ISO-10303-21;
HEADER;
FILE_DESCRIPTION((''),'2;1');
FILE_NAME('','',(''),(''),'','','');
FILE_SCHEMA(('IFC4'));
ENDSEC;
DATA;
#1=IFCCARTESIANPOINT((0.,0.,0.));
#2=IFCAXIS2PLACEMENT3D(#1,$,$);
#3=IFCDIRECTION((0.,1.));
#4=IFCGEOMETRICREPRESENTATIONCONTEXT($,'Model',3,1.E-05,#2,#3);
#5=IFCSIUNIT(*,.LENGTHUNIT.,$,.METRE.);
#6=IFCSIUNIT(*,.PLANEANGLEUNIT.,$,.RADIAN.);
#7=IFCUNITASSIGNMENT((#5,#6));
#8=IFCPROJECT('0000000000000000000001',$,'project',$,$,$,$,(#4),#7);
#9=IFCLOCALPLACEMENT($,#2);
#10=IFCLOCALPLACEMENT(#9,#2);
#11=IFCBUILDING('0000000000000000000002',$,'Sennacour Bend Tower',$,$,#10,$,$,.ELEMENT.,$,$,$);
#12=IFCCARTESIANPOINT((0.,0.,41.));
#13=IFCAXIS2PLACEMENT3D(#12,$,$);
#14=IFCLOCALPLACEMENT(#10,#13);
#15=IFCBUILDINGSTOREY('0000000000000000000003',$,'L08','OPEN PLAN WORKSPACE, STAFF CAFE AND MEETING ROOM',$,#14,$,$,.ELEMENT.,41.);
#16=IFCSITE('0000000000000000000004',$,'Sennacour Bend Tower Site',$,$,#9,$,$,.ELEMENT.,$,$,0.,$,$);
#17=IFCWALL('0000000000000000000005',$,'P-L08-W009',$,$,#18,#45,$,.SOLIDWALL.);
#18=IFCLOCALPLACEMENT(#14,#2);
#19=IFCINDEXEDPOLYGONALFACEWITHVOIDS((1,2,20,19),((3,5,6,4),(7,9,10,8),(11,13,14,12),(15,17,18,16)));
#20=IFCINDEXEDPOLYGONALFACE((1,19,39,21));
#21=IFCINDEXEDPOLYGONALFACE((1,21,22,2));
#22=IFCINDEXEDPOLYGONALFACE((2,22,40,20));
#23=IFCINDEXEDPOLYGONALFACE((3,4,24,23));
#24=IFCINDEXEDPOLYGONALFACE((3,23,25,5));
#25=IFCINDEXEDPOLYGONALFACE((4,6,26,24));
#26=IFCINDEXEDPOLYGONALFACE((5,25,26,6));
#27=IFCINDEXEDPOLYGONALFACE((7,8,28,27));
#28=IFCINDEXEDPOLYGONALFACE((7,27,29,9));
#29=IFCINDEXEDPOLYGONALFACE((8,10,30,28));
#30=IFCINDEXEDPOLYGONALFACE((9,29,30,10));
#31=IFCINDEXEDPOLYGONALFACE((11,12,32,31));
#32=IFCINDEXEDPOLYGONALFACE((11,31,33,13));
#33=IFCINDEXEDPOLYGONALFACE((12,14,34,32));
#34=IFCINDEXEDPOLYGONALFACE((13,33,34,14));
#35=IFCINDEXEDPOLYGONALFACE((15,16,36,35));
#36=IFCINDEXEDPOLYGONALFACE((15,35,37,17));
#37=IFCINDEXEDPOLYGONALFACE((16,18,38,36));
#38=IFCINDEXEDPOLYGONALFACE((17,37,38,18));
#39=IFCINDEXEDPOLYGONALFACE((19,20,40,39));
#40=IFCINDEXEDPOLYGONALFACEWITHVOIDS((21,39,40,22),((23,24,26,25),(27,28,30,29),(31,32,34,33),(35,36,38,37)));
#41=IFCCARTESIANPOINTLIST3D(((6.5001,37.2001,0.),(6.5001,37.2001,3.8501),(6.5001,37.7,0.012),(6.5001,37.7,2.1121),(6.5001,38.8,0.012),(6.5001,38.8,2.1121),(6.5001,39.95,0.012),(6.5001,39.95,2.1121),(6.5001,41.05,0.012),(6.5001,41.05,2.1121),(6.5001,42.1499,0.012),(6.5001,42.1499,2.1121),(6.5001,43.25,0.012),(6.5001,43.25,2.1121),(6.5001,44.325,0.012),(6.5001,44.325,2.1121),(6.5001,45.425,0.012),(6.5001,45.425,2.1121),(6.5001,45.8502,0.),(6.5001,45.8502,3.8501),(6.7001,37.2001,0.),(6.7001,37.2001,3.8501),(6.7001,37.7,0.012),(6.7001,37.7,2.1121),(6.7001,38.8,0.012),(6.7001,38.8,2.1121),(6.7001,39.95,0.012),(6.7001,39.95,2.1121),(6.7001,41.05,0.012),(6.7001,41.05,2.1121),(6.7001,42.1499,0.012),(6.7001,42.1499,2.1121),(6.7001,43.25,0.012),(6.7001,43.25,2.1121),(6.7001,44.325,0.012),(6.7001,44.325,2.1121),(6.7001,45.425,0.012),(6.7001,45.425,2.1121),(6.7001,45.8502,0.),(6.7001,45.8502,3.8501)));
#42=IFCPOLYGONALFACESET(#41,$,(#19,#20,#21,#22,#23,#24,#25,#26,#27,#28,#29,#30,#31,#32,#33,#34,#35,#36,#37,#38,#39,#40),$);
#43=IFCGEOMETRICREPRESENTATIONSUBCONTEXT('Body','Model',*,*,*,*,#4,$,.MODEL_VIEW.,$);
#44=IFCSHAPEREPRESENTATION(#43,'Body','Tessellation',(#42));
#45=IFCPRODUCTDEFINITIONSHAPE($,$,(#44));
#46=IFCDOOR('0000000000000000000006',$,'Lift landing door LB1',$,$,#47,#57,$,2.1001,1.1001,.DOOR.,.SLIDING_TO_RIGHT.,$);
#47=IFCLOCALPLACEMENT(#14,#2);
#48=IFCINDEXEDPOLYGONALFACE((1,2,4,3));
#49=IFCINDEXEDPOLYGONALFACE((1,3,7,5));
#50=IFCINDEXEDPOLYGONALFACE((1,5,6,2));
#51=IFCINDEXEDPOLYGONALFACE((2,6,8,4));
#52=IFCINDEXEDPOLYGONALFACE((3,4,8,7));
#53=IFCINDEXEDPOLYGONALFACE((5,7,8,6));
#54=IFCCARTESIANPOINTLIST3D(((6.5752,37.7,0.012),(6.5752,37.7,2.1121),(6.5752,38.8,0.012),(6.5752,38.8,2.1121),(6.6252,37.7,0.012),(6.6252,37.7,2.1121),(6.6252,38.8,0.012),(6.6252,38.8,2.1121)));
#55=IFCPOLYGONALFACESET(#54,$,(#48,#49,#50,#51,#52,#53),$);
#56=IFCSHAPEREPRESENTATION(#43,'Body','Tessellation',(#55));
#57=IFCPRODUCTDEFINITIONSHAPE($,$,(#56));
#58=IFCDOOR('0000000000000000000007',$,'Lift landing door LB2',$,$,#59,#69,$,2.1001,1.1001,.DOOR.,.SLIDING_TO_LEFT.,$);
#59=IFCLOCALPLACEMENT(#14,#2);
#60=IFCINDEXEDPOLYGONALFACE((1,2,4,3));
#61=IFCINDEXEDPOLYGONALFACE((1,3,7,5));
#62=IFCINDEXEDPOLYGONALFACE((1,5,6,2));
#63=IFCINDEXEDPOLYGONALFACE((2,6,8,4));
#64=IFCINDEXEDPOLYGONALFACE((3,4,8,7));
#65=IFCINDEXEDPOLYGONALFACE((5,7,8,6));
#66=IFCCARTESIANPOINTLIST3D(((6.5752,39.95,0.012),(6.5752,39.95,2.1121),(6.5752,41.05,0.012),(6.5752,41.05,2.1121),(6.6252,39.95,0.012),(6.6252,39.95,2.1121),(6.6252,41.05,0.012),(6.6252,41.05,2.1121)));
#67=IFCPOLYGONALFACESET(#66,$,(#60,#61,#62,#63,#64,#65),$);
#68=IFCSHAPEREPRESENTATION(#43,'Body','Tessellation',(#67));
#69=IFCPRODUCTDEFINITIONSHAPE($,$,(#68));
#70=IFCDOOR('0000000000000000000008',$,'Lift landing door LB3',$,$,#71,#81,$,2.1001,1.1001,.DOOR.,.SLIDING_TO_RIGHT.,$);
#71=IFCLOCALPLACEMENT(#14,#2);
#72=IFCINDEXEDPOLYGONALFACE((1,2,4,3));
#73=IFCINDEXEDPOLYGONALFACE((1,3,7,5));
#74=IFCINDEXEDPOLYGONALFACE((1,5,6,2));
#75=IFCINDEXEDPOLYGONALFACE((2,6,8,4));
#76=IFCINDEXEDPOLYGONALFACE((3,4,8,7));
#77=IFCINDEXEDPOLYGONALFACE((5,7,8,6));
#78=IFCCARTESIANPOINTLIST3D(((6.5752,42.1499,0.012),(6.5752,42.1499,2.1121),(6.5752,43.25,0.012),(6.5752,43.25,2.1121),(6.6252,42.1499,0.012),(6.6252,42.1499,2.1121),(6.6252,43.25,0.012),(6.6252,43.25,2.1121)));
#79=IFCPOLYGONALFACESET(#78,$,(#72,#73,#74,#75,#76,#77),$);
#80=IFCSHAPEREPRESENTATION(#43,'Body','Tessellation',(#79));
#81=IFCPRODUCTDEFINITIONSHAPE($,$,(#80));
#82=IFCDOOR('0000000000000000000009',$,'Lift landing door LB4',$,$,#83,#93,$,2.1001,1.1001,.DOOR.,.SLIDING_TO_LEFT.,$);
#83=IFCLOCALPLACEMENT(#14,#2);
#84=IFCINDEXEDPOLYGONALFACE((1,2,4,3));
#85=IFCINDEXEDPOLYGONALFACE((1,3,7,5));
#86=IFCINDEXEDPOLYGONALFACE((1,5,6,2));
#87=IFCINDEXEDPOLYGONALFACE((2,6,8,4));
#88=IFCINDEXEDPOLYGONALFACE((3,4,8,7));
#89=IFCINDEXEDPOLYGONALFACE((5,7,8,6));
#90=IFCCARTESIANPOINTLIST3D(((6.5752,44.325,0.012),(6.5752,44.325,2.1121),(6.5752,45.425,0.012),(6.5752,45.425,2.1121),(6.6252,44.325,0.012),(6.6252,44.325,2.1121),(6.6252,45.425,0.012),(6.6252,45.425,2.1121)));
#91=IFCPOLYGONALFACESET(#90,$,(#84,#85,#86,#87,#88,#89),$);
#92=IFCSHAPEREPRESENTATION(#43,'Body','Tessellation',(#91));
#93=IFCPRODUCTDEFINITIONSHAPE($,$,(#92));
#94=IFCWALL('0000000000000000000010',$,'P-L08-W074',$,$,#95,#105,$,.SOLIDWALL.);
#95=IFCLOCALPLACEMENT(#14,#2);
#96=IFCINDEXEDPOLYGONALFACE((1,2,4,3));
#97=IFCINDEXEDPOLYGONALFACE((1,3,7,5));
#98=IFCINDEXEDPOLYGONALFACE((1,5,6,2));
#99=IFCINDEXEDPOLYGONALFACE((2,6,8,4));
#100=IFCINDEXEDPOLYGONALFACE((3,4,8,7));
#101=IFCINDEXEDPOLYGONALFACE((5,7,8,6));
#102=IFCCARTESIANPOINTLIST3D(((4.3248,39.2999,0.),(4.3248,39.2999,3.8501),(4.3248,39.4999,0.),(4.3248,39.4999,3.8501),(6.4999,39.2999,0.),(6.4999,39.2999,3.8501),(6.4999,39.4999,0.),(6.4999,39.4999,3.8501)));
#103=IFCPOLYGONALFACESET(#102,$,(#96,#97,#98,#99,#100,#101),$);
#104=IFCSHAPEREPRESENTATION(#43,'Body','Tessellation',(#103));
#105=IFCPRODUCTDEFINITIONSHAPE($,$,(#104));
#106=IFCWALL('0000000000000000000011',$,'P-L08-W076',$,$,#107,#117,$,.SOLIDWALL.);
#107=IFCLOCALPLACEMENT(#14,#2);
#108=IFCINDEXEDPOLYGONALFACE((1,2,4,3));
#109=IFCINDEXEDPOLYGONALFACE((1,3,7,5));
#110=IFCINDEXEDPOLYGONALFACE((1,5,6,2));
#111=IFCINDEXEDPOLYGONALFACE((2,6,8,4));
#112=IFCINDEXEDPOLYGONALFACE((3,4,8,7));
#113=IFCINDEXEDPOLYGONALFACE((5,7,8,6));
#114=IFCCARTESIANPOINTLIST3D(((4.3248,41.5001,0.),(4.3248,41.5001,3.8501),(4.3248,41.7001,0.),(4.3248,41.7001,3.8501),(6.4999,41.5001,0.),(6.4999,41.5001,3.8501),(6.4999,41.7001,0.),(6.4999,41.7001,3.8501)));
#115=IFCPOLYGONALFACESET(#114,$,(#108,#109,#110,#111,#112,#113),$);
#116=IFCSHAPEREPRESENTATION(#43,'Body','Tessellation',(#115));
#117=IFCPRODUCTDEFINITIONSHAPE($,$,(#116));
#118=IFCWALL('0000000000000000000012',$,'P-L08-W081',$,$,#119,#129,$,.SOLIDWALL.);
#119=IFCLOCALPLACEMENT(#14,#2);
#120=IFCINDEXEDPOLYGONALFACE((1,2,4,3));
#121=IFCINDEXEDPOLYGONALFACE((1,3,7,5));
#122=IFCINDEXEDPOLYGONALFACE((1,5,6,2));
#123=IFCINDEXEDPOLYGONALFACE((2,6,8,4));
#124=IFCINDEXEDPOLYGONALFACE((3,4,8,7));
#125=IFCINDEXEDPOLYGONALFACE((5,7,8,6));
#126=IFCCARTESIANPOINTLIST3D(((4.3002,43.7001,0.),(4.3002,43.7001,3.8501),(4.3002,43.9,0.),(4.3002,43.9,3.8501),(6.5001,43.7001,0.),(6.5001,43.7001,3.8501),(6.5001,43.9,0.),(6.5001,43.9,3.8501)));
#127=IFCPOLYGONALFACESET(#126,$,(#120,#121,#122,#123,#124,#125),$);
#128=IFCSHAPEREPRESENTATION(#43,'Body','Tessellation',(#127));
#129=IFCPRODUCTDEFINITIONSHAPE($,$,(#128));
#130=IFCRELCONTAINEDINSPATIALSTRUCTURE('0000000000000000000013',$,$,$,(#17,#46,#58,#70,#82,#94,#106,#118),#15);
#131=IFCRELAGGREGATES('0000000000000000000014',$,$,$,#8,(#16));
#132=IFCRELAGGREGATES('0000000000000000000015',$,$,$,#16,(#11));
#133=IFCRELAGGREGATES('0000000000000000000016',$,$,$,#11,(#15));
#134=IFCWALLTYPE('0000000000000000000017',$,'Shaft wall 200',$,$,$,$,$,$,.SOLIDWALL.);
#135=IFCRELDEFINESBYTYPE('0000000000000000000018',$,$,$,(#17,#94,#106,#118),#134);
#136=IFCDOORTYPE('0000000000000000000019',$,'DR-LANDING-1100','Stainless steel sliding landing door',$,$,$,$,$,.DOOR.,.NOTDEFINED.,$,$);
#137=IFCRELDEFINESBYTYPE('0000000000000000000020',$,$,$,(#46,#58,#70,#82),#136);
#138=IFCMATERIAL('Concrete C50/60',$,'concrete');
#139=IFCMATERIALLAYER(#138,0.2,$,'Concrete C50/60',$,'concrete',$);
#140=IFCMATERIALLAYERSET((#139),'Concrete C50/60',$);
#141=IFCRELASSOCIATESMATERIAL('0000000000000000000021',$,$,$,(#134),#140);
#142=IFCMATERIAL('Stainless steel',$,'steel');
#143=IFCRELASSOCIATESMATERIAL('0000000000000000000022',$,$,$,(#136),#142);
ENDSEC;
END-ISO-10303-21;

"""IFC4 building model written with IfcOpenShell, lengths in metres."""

from ifc_helpers import new_model, si_unit, direction, frame, frame_2d, origin, place, context, subcontext, project, spatial, rectangle, extrude, material, layer, layer_set, type_object, element, fill, save


model = new_model("IFC4")

# Units and contexts
model_context = context("Model", 3, precision=1e-05, world=origin(), true_north=direction((0.0, 1.0)))
body_context = subcontext(model_context, "Body", "Model", "MODEL_VIEW")
ifc_project = project(units=[si_unit("LENGTHUNIT", "METRE"), si_unit("PLANEANGLEUNIT", "RADIAN")], contexts=[model_context])

# Site, building, storey
site_placement = place(None, origin())
site = spatial("IfcSite", under=ifc_project, at=site_placement, Name="Sennacour Bend Tower Site", CompositionType="ELEMENT", RefElevation=0.0)
building_placement = place(site_placement, origin())
building = spatial("IfcBuilding", under=site, at=building_placement, Name="Sennacour Bend Tower", CompositionType="ELEMENT")
storey_placement = place(building_placement, frame((0.0, 0.0, 41.0)))
storey = spatial("IfcBuildingStorey", under=building, at=storey_placement, Name="L08", Description="OPEN PLAN WORKSPACE, STAFF CAFE AND MEETING ROOM", CompositionType="ELEMENT", Elevation=41.0)

# Shared definitions
ifc_material_1 = material(Name="Concrete C50/60", Category="concrete")
ifc_layer_1 = layer(ifc_material_1, 0.2, Name="Concrete C50/60", Category="concrete")
ifc_layer_set_1 = layer_set([ifc_layer_1], Name="Concrete C50/60")
wall_type_1 = type_object("IfcWallType", Name="Shaft wall 200", PredefinedType="SOLIDWALL", material=ifc_layer_set_1)

# Wall, openings, doors
wall_1_placement = place(storey_placement, frame((6.6001, 37.2, 0.0), z_axis=(0.0, 0.0, 1.0), x_axis=(0.0, 1.0, 0.0)))
wall_1 = element("IfcWall", 1, at=wall_1_placement, inside=storey, type_object=wall_type_1, Name="P-L08-W009", PredefinedType="SOLIDWALL", context=body_context, shape_type="SweptSolid", body=[
    extrude(rectangle(XDim=8.6501, YDim=0.2, at=frame_2d((4.3252, 0.0))), origin(), (0.0, 0.0, 1.0), 3.8501),
])
opening_1_placement = place(wall_1_placement, frame((0.5, 0.0, 0.012)))
opening_1 = element("IfcOpeningElement", 2, at=opening_1_placement, cuts=wall_1, PredefinedType="OPENING", context=body_context, shape_type="SweptSolid", body=[
    extrude(rectangle(XDim=1.1001, YDim=2.1001, at=frame_2d((0.55, 1.05))), frame((0.0, 0.1099, 0.0), z_axis=(0.0, -1.0, 0.0), x_axis=(1.0, 0.0, 0.0)), (0.0, 0.0, 1.0), 0.22),
])
opening_2_placement = place(wall_1_placement, frame((2.75, 0.0, 0.012)))
opening_2 = element("IfcOpeningElement", 3, at=opening_2_placement, cuts=wall_1, PredefinedType="OPENING", context=body_context, shape_type="SweptSolid", body=[
    extrude(rectangle(XDim=1.1001, YDim=2.1001, at=frame_2d((0.55, 1.05))), frame((0.0, 0.1099, 0.0), z_axis=(0.0, -1.0, 0.0), x_axis=(1.0, 0.0, 0.0)), (0.0, 0.0, 1.0), 0.22),
])
opening_3_placement = place(wall_1_placement, frame((4.95, 0.0, 0.012)))
opening_3 = element("IfcOpeningElement", 4, at=opening_3_placement, cuts=wall_1, PredefinedType="OPENING", context=body_context, shape_type="SweptSolid", body=[
    extrude(rectangle(XDim=1.1001, YDim=2.1001, at=frame_2d((0.55, 1.05))), frame((0.0, 0.1099, 0.0), z_axis=(0.0, -1.0, 0.0), x_axis=(1.0, 0.0, 0.0)), (0.0, 0.0, 1.0), 0.22),
])
opening_4_placement = place(wall_1_placement, frame((7.125, 0.0, 0.012)))
opening_4 = element("IfcOpeningElement", 5, at=opening_4_placement, cuts=wall_1, PredefinedType="OPENING", context=body_context, shape_type="SweptSolid", body=[
    extrude(rectangle(XDim=1.1001, YDim=2.1001, at=frame_2d((0.55, 1.05))), frame((0.0, 0.1099, 0.0), z_axis=(0.0, -1.0, 0.0), x_axis=(1.0, 0.0, 0.0)), (0.0, 0.0, 1.0), 0.22),
])
ifc_material_2 = material(Name="Stainless steel", Category="steel")
door_type_1 = type_object("IfcDoorType", Name="DR-LANDING-1100", Description="Stainless steel sliding landing door", OperationType="NOTDEFINED", PredefinedType="DOOR", material=ifc_material_2)
door_1_placement = place(opening_1_placement, origin())
door_1 = element("IfcDoor", 6, at=door_1_placement, inside=storey, type_object=door_type_1, Name="Lift landing door LB1", OperationType="SLIDING_TO_RIGHT", OverallHeight=2.1001, OverallWidth=1.1001, PredefinedType="DOOR", context=body_context, shape_type="SweptSolid", body=[
    extrude(rectangle(XDim=1.1001, YDim=2.1001, at=frame_2d((0.55, 1.05))), frame((0.0, 0.0249, 0.0), z_axis=(0.0, -1.0, 0.0), x_axis=(1.0, 0.0, 0.0)), (0.0, 0.0, 1.0), 0.05),
])
fill(opening_1, door_1)
door_2_placement = place(opening_2_placement, origin())
door_2 = element("IfcDoor", 7, at=door_2_placement, inside=storey, type_object=door_type_1, Name="Lift landing door LB2", OperationType="SLIDING_TO_LEFT", OverallHeight=2.1001, OverallWidth=1.1001, PredefinedType="DOOR", context=body_context, shape_type="SweptSolid", body=[
    extrude(rectangle(XDim=1.1001, YDim=2.1001, at=frame_2d((0.55, 1.05))), frame((0.0, 0.0249, 0.0), z_axis=(0.0, -1.0, 0.0), x_axis=(1.0, 0.0, 0.0)), (0.0, 0.0, 1.0), 0.05),
])
fill(opening_2, door_2)
door_3_placement = place(opening_3_placement, origin())
door_3 = element("IfcDoor", 8, at=door_3_placement, inside=storey, type_object=door_type_1, Name="Lift landing door LB3", OperationType="SLIDING_TO_RIGHT", OverallHeight=2.1001, OverallWidth=1.1001, PredefinedType="DOOR", context=body_context, shape_type="SweptSolid", body=[
    extrude(rectangle(XDim=1.1001, YDim=2.1001, at=frame_2d((0.55, 1.05))), frame((0.0, 0.0249, 0.0), z_axis=(0.0, -1.0, 0.0), x_axis=(1.0, 0.0, 0.0)), (0.0, 0.0, 1.0), 0.05),
])
fill(opening_3, door_3)
door_4_placement = place(opening_4_placement, origin())
door_4 = element("IfcDoor", 9, at=door_4_placement, inside=storey, type_object=door_type_1, Name="Lift landing door LB4", OperationType="SLIDING_TO_LEFT", OverallHeight=2.1001, OverallWidth=1.1001, PredefinedType="DOOR", context=body_context, shape_type="SweptSolid", body=[
    extrude(rectangle(XDim=1.1001, YDim=2.1001, at=frame_2d((0.55, 1.05))), frame((0.0, 0.0249, 0.0), z_axis=(0.0, -1.0, 0.0), x_axis=(1.0, 0.0, 0.0)), (0.0, 0.0, 1.0), 0.05),
])
fill(opening_4, door_4)

# Walls
for number, where, z_axis, x_axis, name in (
    (10, (4.325, 39.3999, 0.0), (0.0, 0.0, 1.0), (1.0, 0.0, 0.0), "P-L08-W074"),
    (11, (4.325, 41.6001, 0.0), (0.0, 0.0, 1.0), (1.0, 0.0, 0.0), "P-L08-W076"),
):
    element("IfcWall", number, at=place(storey_placement, frame(where, z_axis=z_axis, x_axis=x_axis)), inside=storey, type_object=wall_type_1, Name=name, PredefinedType="SOLIDWALL", context=body_context, shape_type="SweptSolid", body=[
        extrude(rectangle(XDim=2.175, YDim=0.2, at=frame_2d((1.0874, 0.0))), origin(), (0.0, 0.0, 1.0), 3.8501),
    ])
wall_2_placement = place(storey_placement, frame((4.3, 43.8, 0.0), z_axis=(0.0, 0.0, 1.0), x_axis=(1.0, 0.0, 0.0)))
element("IfcWall", 12, at=wall_2_placement, inside=storey, type_object=wall_type_1, Name="P-L08-W081", PredefinedType="SOLIDWALL", context=body_context, shape_type="SweptSolid", body=[
    extrude(rectangle(XDim=2.2, YDim=0.2, at=frame_2d((1.1001, 0.0))), origin(), (0.0, 0.0, 1.0), 3.8501),
])

save(model, "model.ifc")
